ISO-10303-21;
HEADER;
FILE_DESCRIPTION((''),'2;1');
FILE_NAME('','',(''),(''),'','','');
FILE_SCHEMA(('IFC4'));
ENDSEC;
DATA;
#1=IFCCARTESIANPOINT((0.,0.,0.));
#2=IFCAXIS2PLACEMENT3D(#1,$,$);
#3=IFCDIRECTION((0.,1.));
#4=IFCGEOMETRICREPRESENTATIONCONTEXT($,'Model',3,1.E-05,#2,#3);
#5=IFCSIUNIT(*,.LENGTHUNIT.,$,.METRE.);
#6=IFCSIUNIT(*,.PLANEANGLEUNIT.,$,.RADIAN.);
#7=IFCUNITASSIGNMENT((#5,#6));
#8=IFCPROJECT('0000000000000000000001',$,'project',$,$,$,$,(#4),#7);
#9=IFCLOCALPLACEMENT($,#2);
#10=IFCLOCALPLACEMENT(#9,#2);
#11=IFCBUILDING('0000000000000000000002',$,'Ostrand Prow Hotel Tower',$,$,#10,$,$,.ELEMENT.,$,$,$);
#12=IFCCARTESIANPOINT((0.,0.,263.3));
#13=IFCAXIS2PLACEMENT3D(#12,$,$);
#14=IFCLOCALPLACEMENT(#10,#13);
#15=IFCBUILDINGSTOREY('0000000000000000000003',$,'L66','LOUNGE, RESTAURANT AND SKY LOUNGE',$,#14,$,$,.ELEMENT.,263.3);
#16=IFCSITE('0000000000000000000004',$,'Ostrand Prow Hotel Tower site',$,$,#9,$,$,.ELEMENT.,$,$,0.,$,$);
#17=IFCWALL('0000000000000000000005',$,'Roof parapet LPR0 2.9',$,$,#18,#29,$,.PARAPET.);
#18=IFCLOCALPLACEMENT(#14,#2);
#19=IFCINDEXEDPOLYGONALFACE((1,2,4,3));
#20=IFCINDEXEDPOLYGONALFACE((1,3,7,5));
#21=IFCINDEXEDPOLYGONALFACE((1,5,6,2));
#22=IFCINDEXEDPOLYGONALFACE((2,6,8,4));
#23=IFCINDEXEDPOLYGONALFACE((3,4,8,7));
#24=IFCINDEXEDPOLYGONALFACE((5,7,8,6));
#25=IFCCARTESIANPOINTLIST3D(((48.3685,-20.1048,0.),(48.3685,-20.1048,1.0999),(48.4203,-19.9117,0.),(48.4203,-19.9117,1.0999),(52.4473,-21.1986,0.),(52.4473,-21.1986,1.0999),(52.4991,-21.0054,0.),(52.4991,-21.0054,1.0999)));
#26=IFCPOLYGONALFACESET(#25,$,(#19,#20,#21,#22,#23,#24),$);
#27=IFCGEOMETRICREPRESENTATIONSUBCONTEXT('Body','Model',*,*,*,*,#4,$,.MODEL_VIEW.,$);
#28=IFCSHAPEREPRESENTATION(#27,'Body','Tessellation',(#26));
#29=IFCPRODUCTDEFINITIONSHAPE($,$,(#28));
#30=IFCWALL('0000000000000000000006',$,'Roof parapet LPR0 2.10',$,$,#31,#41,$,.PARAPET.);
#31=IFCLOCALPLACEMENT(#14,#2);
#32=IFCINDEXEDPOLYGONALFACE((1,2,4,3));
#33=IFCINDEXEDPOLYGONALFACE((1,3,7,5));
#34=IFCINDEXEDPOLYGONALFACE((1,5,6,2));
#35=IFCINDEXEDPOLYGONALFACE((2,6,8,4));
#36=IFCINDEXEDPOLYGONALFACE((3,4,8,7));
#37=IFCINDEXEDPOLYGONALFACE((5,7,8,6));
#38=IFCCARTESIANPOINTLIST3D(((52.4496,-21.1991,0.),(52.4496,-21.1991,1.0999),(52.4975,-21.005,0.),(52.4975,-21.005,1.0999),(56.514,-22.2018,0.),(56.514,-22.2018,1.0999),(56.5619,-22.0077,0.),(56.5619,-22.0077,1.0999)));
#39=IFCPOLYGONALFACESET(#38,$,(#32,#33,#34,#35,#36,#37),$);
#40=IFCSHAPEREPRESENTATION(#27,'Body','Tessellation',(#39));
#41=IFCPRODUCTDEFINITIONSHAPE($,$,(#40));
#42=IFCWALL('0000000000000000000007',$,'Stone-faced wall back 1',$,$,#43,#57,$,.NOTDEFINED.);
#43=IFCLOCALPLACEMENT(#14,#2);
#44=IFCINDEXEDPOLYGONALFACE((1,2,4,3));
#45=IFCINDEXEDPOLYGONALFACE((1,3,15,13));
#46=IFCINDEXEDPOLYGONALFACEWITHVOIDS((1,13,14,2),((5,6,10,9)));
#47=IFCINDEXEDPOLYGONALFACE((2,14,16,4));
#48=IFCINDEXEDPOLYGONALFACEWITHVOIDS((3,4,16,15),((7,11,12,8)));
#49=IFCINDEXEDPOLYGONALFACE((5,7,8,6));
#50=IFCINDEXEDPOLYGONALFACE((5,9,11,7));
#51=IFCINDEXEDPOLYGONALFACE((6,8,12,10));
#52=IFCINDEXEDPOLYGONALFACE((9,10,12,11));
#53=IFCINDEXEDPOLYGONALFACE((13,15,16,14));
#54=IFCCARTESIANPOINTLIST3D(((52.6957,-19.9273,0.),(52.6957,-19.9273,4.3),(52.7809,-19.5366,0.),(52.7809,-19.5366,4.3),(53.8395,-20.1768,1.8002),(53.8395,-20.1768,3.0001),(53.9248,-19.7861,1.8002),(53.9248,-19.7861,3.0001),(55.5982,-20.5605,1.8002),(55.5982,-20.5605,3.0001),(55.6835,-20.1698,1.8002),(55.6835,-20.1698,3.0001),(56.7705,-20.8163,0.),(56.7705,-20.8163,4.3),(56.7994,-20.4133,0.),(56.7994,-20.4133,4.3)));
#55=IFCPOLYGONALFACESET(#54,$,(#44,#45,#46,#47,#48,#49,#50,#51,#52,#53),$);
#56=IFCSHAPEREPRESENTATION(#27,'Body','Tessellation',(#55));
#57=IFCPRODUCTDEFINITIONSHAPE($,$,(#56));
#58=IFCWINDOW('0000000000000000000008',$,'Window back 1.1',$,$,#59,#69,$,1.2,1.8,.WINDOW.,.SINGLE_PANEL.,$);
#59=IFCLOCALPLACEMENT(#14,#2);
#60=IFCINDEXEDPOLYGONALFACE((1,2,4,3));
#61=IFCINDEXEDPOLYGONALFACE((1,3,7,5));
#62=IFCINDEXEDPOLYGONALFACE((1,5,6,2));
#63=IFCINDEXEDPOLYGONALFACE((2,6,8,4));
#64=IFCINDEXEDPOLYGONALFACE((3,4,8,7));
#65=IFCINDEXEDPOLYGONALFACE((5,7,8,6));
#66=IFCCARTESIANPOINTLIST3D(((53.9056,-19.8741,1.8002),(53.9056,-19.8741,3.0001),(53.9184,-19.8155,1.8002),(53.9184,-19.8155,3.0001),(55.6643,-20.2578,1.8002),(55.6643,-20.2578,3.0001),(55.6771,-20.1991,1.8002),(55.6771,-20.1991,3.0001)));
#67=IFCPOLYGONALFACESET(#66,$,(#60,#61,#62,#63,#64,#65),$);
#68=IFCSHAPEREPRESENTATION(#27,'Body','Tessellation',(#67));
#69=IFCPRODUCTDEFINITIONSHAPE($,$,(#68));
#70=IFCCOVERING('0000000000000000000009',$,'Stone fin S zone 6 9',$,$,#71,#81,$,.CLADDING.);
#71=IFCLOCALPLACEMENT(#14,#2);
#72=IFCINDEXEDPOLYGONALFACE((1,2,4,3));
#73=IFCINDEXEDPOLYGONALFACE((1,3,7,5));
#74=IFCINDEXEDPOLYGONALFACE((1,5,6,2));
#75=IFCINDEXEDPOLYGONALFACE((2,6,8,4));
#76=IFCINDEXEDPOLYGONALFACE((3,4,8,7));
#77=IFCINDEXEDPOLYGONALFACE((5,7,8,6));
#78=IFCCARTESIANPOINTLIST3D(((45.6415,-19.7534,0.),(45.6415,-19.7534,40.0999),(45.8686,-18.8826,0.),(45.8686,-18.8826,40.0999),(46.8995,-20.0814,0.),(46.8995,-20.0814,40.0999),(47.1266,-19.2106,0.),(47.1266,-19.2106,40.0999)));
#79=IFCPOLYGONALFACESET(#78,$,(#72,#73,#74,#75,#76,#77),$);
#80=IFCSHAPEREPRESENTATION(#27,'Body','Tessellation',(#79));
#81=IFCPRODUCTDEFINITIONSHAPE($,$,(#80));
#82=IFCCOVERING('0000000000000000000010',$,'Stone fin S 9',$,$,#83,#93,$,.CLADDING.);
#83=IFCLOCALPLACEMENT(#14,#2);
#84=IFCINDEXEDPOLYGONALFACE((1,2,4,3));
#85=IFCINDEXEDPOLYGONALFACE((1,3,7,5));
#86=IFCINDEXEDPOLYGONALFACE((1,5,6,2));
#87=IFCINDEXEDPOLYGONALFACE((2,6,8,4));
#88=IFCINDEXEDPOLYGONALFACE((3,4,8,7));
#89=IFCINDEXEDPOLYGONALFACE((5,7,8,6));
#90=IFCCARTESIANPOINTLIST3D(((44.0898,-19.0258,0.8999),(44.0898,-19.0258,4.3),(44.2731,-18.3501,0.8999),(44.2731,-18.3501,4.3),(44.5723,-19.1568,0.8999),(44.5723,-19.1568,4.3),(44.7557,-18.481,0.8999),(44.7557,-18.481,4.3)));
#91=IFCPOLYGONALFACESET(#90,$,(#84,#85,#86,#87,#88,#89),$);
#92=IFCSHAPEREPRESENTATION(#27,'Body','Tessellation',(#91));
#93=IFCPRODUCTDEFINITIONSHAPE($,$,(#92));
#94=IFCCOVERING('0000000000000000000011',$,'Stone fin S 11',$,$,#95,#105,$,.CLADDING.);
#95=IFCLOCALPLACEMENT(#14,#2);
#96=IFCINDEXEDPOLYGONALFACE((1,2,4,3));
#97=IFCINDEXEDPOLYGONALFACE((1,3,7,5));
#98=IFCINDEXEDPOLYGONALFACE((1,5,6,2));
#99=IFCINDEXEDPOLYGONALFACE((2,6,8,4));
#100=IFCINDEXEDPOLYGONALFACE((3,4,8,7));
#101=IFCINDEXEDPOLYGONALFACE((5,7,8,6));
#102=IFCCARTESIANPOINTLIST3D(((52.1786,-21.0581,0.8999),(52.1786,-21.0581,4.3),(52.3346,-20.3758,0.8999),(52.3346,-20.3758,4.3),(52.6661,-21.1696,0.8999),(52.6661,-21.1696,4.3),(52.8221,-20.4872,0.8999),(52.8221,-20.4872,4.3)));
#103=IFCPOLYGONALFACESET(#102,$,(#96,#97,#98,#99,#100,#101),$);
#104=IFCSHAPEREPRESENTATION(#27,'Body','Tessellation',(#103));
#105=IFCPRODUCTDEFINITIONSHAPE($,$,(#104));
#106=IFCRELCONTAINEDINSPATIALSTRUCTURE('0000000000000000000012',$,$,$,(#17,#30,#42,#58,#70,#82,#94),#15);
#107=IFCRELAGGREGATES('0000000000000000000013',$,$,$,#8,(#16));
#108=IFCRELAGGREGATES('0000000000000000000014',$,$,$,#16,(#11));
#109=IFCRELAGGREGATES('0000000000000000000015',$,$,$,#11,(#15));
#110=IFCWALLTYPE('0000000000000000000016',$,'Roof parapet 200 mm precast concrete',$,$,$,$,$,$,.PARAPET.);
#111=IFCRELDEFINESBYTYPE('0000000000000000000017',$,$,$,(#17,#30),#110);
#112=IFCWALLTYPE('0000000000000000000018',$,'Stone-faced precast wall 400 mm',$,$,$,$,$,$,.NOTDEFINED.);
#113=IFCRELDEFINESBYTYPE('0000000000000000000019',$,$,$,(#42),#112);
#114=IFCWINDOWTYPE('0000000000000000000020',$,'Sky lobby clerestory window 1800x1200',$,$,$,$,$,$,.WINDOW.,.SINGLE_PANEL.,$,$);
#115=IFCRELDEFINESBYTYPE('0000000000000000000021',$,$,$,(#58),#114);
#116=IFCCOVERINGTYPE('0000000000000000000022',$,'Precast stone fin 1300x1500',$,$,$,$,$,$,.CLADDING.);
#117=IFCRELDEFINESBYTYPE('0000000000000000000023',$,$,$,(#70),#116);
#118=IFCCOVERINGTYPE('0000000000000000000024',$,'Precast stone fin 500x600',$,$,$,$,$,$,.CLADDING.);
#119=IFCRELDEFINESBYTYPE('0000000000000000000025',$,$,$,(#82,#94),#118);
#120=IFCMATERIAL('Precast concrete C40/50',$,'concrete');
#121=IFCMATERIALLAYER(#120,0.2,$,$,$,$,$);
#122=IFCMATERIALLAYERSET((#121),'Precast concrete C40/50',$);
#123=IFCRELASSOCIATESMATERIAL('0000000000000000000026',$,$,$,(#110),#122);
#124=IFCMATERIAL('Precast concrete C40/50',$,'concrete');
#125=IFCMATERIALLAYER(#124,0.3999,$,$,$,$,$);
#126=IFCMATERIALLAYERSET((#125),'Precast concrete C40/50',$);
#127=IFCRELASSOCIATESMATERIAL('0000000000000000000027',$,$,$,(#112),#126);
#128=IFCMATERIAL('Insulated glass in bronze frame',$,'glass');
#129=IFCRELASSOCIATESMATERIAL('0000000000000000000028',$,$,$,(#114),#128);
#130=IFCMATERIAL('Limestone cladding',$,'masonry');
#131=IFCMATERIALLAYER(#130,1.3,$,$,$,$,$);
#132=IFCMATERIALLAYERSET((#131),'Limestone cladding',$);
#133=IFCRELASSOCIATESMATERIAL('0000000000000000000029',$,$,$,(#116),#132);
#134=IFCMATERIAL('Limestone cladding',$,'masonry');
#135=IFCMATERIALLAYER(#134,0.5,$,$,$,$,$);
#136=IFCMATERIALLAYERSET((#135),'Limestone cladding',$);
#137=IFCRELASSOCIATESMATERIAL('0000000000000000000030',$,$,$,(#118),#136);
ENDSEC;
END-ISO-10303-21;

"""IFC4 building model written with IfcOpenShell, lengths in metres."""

from ifc_helpers import new_model, si_unit, direction, frame, frame_2d, origin, place, context, subcontext, project, spatial, polyline, rectangle, outline, extrude, material, layer, layer_set, type_object, element, fill, save


model = new_model("IFC4")

# Units and contexts
model_context = context("Model", 3, precision=1e-05, world=origin(), true_north=direction((0.0, 1.0)))
body_context = subcontext(model_context, "Body", "Model", "MODEL_VIEW")
ifc_project = project(units=[si_unit("LENGTHUNIT", "METRE"), si_unit("PLANEANGLEUNIT", "RADIAN")], contexts=[model_context])

# Site, building, storey
site_placement = place(None, origin())
site = spatial("IfcSite", under=ifc_project, at=site_placement, Name="Ostrand Prow Hotel Tower site", CompositionType="ELEMENT", RefElevation=0.0)
building_placement = place(site_placement, origin())
building = spatial("IfcBuilding", under=site, at=building_placement, Name="Ostrand Prow Hotel Tower", CompositionType="ELEMENT")
storey_placement = place(building_placement, frame((0.0, 0.0, 263.3)))
storey = spatial("IfcBuildingStorey", under=building, at=storey_placement, Name="L66", Description="LOUNGE, RESTAURANT AND SKY LOUNGE", CompositionType="ELEMENT", Elevation=263.3)

# Walls
ifc_material_1 = material(Name="Precast concrete C40/50", Category="concrete")
ifc_layer_1 = layer(ifc_material_1, 0.2)
ifc_layer_set_1 = layer_set([ifc_layer_1], Name="Precast concrete C40/50")
wall_type_1 = type_object("IfcWallType", Name="Roof parapet 200 mm precast concrete", PredefinedType="PARAPET", material=ifc_layer_set_1)
wall_1_placement = place(storey_placement, frame((48.3945, -20.0083, 0.0), z_axis=(0.0, 0.0, 1.0), x_axis=(0.965877, -0.259001, 0.0)))
element("IfcWall", 1, at=wall_1_placement, inside=storey, type_object=wall_type_1, Name="Roof parapet LPR0 2.9", PredefinedType="PARAPET", context=body_context, shape_type="SweptSolid", body=[
    extrude(rectangle(XDim=4.2229, YDim=0.2, at=frame_2d((2.1113, 0.0))), origin(), (0.0, 0.0, 1.0), 1.0999),
])
wall_2_placement = place(storey_placement, frame((52.4734, -21.1021, 0.0), z_axis=(0.0, 0.0, 1.0), x_axis=(0.970893, -0.239516, 0.0)))
element("IfcWall", 2, at=wall_2_placement, inside=storey, type_object=wall_type_1, Name="Roof parapet LPR0 2.10", PredefinedType="PARAPET", context=body_context, shape_type="SweptSolid", body=[
    extrude(rectangle(XDim=4.1863, YDim=0.2, at=frame_2d((2.0933, 0.0))), origin(), (0.0, 0.0, 1.0), 1.0999),
])

# Wall, opening, window
ifc_material_2 = material(Name="Precast concrete C40/50", Category="concrete")
ifc_layer_2 = layer(ifc_material_2, 0.3999)
ifc_layer_set_2 = layer_set([ifc_layer_2], Name="Precast concrete C40/50")
wall_type_2 = type_object("IfcWallType", Name="Stone-faced precast wall 400 mm", PredefinedType="NOTDEFINED", material=ifc_layer_set_2)
wall_3_placement = place(storey_placement, frame((52.7383, -19.7319, 0.0), z_axis=(0.0, 0.0, 1.0), x_axis=(0.97702, -0.213147, 0.0)))
wall_3 = element("IfcWall", 3, at=wall_3_placement, inside=storey, type_object=wall_type_2, Name="Stone-faced wall back 1", PredefinedType="NOTDEFINED", context=body_context, shape_type="SweptSolid", body=[
    extrude(outline(polyline([(0.0, -0.2), (4.1707, -0.2), (4.113, 0.2), (0.0, 0.2), (0.0, -0.2)])), origin(), (0.0, 0.0, 1.0), 4.3),
])
opening_placement = place(wall_3_placement, frame((1.1709, 0.0, 1.8)))
opening = element("IfcOpeningElement", 4, at=opening_placement, cuts=wall_3, PredefinedType="OPENING", context=body_context, shape_type="SweptSolid", body=[
    extrude(rectangle(XDim=1.8, YDim=1.2, at=frame_2d((0.8999, 0.6001))), frame((0.0, 0.21, 0.0), z_axis=(0.0, -1.0, 0.0), x_axis=(1.0, 0.0, 0.0)), (0.0, 0.0, 1.0), 0.4199),
])
ifc_material_3 = material(Name="Insulated glass in bronze frame", Category="glass")
window_type = type_object("IfcWindowType", Name="Sky lobby clerestory window 1800x1200", PartitioningType="SINGLE_PANEL", PredefinedType="WINDOW", material=ifc_material_3)
window_placement = place(opening_placement, origin())
window = element("IfcWindow", 5, at=window_placement, inside=storey, type_object=window_type, Name="Window back 1.1", OverallHeight=1.2, OverallWidth=1.8, PartitioningType="SINGLE_PANEL", PredefinedType="WINDOW", context=body_context, shape_type="SweptSolid", body=[
    extrude(rectangle(XDim=1.8, YDim=1.2, at=frame_2d((0.8999, 0.6001))), frame((0.0, 0.1699, 0.0), z_axis=(0.0, -1.0, 0.0), x_axis=(1.0, 0.0, 0.0)), (0.0, 0.0, 1.0), 0.0601),
])
fill(opening, window)

# Coverings
ifc_material_4 = material(Name="Limestone cladding", Category="masonry")
ifc_layer_3 = layer(ifc_material_4, 1.3)
ifc_layer_set_3 = layer_set([ifc_layer_3], Name="Limestone cladding")
covering_type_1 = type_object("IfcCoveringType", Name="Precast stone fin 1300x1500", PredefinedType="CLADDING", material=ifc_layer_set_3)
covering_1_placement = place(storey_placement, frame((46.4976, -19.0466, 0.0), z_axis=(0.0, 0.0, 1.0), x_axis=(-0.252289, -0.967652, 0.0)))
element("IfcCovering", 6, at=covering_1_placement, inside=storey, type_object=covering_type_1, Name="Stone fin S zone 6 9", PredefinedType="CLADDING", context=body_context, shape_type="SweptSolid", body=[
    extrude(rectangle(XDim=0.8999, YDim=1.3, at=frame_2d((0.45, 0.0))), origin(), (0.0, 0.0, 1.0), 40.0999),
])
ifc_material_5 = material(Name="Limestone cladding", Category="masonry")
ifc_layer_4 = layer(ifc_material_5, 0.5)
ifc_layer_set_4 = layer_set([ifc_layer_4], Name="Limestone cladding")
covering_type_2 = type_object("IfcCoveringType", Name="Precast stone fin 500x600", PredefinedType="CLADDING", material=ifc_layer_set_4)
covering_2_placement = place(storey_placement, frame((44.5144, -18.4155, 0.8999), z_axis=(0.0, 0.0, 1.0), x_axis=(-0.261849, -0.965109, 0.0)))
element("IfcCovering", 7, at=covering_2_placement, inside=storey, type_object=covering_type_2, Name="Stone fin S 9", PredefinedType="CLADDING", context=body_context, shape_type="SweptSolid", body=[
    extrude(rectangle(XDim=0.7002, YDim=0.5, at=frame_2d((0.3501, 0.0))), origin(), (0.0, 0.0, 1.0), 3.4001),
])
covering_3_placement = place(storey_placement, frame((52.5784, -20.4314, 0.8999), z_axis=(0.0, 0.0, 1.0), x_axis=(-0.222872, -0.974848, 0.0)))
element("IfcCovering", 8, at=covering_3_placement, inside=storey, type_object=covering_type_2, Name="Stone fin S 11", PredefinedType="CLADDING", context=body_context, shape_type="SweptSolid", body=[
    extrude(rectangle(XDim=0.7, YDim=0.5, at=frame_2d((0.3501, 0.0))), origin(), (0.0, 0.0, 1.0), 3.4001),
])

save(model, "model.ifc")
